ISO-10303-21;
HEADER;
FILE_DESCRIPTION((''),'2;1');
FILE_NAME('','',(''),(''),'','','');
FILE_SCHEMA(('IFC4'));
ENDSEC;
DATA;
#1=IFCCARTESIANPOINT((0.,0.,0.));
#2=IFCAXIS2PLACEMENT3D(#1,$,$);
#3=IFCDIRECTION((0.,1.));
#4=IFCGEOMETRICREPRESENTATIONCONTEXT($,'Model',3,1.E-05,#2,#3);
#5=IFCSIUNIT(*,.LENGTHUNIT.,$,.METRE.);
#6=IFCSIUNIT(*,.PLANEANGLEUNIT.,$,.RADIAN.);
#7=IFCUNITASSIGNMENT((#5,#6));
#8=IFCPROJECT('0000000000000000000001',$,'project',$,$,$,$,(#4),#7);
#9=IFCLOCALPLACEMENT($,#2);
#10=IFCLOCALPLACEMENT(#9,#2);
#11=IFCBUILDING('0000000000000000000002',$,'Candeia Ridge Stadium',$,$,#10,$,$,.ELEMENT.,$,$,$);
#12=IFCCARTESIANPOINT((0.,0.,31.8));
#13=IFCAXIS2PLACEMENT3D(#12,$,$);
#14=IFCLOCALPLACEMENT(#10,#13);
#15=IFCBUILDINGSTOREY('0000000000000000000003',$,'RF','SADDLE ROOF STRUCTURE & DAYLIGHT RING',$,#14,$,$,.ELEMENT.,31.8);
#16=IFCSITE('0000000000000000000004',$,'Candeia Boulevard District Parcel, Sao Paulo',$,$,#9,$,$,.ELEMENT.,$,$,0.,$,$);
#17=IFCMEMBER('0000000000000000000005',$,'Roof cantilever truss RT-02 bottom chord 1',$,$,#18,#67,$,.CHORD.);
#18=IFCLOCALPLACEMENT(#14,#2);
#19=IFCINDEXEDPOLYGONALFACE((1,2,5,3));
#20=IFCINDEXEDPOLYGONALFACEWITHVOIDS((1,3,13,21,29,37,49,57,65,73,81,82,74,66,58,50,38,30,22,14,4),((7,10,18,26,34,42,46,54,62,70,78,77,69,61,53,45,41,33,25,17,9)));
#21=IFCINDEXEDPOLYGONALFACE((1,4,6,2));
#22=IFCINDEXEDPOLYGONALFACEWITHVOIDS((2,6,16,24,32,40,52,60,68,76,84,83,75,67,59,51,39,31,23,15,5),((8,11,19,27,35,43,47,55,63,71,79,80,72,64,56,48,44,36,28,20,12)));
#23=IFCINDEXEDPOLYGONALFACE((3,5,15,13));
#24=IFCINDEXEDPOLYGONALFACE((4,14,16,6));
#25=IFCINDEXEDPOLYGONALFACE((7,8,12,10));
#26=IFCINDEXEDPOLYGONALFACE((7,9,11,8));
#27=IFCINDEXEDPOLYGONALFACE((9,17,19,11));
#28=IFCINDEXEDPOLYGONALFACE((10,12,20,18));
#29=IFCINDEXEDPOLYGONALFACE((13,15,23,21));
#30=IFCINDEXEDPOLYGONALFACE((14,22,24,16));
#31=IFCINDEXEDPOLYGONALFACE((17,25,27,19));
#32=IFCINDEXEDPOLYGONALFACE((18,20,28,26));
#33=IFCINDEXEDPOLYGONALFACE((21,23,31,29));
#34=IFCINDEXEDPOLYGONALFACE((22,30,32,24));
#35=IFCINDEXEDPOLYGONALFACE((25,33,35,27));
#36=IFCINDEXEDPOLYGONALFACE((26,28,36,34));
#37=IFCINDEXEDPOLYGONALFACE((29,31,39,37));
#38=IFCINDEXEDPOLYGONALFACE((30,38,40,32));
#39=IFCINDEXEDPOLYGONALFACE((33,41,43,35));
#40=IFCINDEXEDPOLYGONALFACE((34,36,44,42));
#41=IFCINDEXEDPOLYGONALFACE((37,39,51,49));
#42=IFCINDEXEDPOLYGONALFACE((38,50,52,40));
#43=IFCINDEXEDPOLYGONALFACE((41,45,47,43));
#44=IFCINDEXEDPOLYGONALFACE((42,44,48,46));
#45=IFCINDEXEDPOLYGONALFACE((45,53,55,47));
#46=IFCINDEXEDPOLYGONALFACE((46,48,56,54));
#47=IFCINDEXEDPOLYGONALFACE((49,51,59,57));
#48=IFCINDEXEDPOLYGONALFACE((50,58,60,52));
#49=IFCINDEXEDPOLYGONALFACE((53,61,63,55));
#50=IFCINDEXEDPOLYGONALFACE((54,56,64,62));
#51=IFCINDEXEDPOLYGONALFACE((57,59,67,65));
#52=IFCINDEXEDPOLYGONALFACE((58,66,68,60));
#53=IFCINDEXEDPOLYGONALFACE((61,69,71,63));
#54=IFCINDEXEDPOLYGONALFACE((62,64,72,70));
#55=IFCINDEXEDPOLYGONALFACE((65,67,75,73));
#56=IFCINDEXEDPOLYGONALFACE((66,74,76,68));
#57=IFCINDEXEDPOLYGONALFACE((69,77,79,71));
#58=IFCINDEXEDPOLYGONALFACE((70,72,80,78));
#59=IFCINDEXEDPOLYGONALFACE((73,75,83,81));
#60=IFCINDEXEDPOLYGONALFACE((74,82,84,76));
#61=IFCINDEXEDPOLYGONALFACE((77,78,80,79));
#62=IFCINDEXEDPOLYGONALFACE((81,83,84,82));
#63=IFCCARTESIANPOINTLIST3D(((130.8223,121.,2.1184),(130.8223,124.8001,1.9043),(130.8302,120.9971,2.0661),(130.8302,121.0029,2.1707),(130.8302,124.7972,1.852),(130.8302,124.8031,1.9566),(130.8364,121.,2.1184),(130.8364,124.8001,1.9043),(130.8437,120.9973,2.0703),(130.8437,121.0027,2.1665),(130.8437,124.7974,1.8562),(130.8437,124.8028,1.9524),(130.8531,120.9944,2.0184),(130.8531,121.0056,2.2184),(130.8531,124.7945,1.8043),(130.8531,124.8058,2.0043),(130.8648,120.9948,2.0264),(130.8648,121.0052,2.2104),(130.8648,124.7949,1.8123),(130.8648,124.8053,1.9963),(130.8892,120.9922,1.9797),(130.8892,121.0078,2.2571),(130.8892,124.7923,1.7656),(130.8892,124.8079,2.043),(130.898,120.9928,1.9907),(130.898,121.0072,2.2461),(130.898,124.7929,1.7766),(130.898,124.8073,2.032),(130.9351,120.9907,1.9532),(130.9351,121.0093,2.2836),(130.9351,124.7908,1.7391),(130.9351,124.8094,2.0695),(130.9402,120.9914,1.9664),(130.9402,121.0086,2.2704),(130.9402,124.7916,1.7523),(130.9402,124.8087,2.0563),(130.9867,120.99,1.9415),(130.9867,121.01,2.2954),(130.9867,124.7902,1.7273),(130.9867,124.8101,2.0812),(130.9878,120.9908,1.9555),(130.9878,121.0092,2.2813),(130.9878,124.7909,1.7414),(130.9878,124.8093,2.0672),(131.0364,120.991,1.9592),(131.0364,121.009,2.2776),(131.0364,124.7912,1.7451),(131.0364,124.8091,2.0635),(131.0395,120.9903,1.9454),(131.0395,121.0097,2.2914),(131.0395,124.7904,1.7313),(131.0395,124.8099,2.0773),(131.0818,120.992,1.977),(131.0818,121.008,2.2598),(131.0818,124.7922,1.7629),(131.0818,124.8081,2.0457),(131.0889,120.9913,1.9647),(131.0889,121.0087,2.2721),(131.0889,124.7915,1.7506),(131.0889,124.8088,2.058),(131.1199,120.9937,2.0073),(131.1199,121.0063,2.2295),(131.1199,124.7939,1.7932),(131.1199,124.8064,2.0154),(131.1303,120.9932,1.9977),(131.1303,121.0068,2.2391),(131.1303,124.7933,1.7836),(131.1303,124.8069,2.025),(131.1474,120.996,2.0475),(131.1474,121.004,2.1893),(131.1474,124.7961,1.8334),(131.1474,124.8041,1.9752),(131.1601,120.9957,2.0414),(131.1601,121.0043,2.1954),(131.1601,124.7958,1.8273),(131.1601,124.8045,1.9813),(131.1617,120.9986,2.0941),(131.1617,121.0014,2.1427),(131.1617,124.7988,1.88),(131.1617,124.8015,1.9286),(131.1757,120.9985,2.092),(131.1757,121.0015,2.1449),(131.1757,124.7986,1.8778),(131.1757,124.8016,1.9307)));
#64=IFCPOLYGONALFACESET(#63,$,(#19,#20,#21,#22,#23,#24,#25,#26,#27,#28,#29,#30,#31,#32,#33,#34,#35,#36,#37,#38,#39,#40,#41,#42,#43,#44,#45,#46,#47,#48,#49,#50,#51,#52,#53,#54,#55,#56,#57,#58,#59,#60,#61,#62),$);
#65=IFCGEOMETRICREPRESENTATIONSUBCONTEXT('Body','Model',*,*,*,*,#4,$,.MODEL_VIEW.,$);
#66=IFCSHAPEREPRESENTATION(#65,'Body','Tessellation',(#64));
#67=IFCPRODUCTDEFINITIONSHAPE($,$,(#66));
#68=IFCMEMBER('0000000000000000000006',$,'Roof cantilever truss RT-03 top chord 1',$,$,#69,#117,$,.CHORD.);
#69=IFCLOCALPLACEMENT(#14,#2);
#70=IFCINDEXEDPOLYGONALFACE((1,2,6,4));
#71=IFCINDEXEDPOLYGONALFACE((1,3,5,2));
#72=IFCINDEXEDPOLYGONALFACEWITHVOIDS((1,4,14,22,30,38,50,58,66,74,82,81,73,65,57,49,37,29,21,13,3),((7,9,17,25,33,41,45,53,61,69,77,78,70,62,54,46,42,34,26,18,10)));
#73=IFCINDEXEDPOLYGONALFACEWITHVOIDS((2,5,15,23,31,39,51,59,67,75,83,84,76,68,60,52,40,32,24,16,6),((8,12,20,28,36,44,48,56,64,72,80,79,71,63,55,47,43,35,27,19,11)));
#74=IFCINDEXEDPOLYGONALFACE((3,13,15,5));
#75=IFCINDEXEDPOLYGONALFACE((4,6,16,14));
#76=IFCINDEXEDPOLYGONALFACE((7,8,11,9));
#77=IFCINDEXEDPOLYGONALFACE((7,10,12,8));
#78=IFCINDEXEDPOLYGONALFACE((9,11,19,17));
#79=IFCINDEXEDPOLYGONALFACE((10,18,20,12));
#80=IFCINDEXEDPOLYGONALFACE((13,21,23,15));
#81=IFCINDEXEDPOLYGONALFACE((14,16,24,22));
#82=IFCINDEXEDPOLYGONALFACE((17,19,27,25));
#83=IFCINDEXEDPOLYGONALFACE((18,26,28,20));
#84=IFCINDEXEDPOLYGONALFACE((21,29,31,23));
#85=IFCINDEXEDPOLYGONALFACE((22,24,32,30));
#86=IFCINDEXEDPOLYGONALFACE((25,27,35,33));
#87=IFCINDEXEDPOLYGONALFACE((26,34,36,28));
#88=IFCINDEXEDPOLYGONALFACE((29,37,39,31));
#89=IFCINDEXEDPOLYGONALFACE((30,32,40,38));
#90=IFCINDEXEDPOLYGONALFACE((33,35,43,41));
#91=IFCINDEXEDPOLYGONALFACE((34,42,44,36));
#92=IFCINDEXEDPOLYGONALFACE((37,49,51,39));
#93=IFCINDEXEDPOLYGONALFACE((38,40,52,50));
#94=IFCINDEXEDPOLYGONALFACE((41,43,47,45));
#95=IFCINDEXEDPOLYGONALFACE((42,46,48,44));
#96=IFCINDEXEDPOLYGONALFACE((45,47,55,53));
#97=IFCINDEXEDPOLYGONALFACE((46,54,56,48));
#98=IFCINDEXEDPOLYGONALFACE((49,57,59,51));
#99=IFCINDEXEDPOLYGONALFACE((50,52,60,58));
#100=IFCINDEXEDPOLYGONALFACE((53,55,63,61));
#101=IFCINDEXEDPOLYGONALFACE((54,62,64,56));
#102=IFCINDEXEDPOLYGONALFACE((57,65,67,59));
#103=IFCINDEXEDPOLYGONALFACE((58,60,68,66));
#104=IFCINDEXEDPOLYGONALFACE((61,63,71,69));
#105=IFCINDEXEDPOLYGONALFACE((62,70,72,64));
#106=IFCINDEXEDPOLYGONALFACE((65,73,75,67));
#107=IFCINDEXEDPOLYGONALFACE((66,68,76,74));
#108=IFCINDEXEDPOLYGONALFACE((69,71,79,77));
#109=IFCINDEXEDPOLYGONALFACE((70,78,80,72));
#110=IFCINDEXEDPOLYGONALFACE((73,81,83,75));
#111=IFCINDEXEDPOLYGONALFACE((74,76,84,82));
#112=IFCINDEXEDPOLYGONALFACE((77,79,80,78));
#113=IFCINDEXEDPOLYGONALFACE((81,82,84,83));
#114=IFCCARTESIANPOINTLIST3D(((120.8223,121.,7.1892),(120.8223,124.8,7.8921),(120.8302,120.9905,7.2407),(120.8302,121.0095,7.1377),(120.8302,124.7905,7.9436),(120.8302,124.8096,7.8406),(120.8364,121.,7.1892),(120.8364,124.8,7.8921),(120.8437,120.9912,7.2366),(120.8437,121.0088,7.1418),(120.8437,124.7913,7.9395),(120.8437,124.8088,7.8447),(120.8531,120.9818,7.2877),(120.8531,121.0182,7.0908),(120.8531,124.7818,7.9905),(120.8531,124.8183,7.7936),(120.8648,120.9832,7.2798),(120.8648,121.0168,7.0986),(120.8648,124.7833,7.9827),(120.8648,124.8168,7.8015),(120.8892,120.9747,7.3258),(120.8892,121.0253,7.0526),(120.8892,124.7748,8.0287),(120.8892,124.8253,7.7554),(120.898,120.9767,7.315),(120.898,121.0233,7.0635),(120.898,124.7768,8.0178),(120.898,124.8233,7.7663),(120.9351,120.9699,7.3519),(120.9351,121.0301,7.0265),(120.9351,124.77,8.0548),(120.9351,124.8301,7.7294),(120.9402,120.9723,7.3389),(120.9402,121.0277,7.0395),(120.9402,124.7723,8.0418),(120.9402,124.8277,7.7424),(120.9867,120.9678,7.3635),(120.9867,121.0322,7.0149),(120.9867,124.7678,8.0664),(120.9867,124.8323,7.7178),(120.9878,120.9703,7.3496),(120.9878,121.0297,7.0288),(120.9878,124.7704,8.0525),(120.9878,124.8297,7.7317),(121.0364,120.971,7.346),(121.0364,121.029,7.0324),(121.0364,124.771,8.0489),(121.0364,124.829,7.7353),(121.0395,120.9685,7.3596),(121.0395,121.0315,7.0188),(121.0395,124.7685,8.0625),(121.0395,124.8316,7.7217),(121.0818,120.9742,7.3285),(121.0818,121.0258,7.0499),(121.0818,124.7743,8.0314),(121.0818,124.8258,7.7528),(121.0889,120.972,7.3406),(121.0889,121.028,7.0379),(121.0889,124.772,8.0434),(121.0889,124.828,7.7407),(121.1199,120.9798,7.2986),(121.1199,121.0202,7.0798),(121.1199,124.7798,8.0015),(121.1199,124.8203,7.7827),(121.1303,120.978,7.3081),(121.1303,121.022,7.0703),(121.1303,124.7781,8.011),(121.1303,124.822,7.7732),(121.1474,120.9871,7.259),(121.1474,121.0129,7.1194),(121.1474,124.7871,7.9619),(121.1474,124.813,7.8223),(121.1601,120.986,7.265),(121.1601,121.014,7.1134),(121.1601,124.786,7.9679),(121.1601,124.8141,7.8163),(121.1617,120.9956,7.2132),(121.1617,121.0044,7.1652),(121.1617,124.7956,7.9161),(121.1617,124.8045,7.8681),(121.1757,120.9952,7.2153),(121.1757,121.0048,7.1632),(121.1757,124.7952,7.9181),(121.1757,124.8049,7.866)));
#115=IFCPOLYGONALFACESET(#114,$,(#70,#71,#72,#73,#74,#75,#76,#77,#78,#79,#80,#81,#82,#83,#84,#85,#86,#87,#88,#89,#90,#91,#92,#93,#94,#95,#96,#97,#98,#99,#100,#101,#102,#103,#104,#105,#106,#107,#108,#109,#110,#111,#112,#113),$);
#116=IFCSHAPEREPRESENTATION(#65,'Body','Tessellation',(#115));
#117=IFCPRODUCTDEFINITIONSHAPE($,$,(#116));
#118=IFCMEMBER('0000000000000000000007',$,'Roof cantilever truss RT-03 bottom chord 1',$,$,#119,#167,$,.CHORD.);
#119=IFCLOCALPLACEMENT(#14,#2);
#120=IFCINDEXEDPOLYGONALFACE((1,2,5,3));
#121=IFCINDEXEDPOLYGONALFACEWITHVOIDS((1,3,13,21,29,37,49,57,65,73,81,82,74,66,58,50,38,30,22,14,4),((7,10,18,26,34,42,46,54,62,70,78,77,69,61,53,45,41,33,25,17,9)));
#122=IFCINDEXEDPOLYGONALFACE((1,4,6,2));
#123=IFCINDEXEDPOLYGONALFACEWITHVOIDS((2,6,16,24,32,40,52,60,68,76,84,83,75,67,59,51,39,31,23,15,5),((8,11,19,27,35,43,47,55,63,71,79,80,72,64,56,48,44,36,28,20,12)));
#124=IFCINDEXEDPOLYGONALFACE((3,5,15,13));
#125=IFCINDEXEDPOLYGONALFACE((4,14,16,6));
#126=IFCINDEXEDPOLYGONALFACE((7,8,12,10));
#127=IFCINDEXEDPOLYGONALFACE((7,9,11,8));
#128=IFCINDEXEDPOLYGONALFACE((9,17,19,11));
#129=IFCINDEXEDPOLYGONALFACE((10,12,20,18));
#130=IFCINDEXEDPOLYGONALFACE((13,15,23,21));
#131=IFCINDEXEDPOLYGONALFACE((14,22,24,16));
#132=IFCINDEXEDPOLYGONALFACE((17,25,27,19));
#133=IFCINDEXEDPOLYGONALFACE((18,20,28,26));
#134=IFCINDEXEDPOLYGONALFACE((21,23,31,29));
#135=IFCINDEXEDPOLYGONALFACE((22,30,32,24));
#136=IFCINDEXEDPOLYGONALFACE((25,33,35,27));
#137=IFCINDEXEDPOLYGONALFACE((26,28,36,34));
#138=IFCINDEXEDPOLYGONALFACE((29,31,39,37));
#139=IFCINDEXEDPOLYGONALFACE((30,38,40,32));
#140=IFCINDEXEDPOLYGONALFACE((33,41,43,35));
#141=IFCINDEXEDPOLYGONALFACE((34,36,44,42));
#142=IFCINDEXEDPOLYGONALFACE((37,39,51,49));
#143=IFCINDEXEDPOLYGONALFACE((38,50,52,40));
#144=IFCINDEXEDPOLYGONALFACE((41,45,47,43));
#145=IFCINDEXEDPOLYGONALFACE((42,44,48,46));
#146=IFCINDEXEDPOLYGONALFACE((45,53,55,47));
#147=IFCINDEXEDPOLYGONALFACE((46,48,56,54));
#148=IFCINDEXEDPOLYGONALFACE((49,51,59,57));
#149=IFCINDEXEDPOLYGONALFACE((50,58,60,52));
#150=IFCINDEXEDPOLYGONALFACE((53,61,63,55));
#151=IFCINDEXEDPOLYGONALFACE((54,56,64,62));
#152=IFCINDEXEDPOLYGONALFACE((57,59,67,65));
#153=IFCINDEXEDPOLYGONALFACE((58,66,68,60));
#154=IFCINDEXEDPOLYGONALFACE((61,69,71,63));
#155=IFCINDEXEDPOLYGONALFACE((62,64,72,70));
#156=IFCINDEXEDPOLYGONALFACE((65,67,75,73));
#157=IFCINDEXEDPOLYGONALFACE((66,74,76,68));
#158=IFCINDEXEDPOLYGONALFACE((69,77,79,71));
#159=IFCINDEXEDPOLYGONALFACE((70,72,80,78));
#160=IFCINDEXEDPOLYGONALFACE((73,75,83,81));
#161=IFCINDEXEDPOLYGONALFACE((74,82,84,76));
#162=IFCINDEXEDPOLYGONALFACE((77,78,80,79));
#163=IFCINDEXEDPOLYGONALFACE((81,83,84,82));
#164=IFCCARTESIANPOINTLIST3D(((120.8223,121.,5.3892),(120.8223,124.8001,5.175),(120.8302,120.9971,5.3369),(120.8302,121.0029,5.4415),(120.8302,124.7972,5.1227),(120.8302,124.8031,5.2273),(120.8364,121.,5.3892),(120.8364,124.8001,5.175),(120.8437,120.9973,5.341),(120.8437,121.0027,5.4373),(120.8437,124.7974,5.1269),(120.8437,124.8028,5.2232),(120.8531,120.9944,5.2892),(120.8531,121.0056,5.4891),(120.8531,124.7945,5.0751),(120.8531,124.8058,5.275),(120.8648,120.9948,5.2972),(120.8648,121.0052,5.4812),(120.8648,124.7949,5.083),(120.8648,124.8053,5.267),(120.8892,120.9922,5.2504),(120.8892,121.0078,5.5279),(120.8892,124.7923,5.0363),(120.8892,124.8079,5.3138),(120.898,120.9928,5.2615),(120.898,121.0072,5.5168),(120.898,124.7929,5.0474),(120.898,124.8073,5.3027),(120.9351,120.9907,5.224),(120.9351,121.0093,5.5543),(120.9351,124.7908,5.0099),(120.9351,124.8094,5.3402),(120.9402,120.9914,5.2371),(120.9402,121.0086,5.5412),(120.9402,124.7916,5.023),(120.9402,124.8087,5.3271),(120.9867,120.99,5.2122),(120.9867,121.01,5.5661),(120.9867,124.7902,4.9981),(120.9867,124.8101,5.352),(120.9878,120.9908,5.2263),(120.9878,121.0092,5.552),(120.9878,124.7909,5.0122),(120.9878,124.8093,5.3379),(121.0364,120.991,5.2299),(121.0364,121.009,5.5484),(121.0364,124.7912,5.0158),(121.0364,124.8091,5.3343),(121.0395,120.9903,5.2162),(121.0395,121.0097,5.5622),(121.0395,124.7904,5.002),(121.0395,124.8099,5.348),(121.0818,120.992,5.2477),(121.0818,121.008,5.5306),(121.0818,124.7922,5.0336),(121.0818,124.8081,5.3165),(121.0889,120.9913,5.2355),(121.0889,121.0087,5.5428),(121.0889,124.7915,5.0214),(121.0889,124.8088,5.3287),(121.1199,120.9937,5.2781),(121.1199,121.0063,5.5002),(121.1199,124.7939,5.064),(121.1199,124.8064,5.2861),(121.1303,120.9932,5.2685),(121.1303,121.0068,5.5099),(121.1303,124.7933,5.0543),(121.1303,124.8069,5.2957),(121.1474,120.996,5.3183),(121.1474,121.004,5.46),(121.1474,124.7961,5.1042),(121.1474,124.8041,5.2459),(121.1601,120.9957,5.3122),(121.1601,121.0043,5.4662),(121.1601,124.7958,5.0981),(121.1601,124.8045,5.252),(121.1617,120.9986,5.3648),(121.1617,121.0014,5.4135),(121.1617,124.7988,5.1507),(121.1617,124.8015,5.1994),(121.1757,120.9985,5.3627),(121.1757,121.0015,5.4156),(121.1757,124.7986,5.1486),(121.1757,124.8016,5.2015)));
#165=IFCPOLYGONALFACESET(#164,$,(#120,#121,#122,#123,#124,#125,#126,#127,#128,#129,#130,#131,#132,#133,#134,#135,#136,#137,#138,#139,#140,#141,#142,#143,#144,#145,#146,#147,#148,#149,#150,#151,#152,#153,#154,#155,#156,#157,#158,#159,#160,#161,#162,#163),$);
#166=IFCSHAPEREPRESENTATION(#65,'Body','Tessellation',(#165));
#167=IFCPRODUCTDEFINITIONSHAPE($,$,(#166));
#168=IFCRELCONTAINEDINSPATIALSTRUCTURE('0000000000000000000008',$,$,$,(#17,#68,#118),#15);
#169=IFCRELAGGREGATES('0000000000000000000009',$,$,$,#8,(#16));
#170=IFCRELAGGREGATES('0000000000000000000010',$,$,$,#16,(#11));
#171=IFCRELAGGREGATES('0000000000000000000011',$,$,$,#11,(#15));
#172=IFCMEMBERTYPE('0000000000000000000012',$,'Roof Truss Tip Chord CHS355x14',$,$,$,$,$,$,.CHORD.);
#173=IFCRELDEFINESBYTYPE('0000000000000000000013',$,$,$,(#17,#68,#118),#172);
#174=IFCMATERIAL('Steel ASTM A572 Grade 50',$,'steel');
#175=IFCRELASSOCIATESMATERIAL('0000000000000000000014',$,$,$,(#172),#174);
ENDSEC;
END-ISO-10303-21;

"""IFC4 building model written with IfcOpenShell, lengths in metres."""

from ifc_helpers import new_model, si_unit, direction, frame, origin, origin_2d, place, context, subcontext, project, spatial, hollow_circle, extrude, material, material_profile, profile_set, type_object, element, save


model = new_model("IFC4")

# Units and contexts
model_context = context("Model", 3, precision=1e-05, world=origin(), true_north=direction((0.0, 1.0)))
body_context = subcontext(model_context, "Body", "Model", "MODEL_VIEW")
ifc_project = project(units=[si_unit("LENGTHUNIT", "METRE"), si_unit("PLANEANGLEUNIT", "RADIAN")], contexts=[model_context])

# Site, building, storey
site_placement = place(None, origin())
site = spatial("IfcSite", under=ifc_project, at=site_placement, Name="Candeia Boulevard District Parcel, Sao Paulo", CompositionType="ELEMENT", RefElevation=0.0)
building_placement = place(site_placement, origin())
building = spatial("IfcBuilding", under=site, at=building_placement, Name="Candeia Ridge Stadium", CompositionType="ELEMENT")
storey_placement = place(building_placement, frame((0.0, 0.0, 31.8)))
storey = spatial("IfcBuildingStorey", under=building, at=storey_placement, Name="RF", Description="SADDLE ROOF STRUCTURE & DAYLIGHT RING", CompositionType="ELEMENT", Elevation=31.8)

# Shared definitions
ifc_material_1 = material(Name="Steel ASTM A572 Grade 50", Category="steel")

# Members
ifc_material_profile_1 = material_profile(ifc_material_1, hollow_circle(Radius=0.1777, WallThickness=0.0142, at=origin_2d()), Name="CHS355x14", Category="steel")
ifc_profile_set_1 = profile_set([ifc_material_profile_1], Name="Steel ASTM A572 Grade 50")
member_type_1 = type_object("IfcMemberType", Name="Roof Truss Tip Chord CHS355x14", PredefinedType="CHORD", material=ifc_profile_set_1)
member_1_placement = place(storey_placement, frame((131.0, 121.0, 2.1184), z_axis=(0.0, 0.998416, -0.056255), x_axis=(-1.0, 0.0, 0.0)))
element("IfcMember", 1, at=member_1_placement, inside=storey, type_object=member_type_1, Name="Roof cantilever truss RT-02 bottom chord 1", PredefinedType="CHORD", context=body_context, shape_type="SweptSolid", body=[
    extrude(hollow_circle(Radius=0.1777, WallThickness=0.0142, at=origin_2d()), origin(), (0.0, 0.0, 1.0), 3.8062),
])
member_2_placement = place(storey_placement, frame((121.0, 121.0, 7.1892), z_axis=(0.0, 0.983321, 0.181881), x_axis=(-1.0, 0.0, 0.0)))
element("IfcMember", 2, at=member_2_placement, inside=storey, type_object=member_type_1, Name="Roof cantilever truss RT-03 top chord 1", PredefinedType="CHORD", context=body_context, shape_type="SweptSolid", body=[
    extrude(hollow_circle(Radius=0.1777, WallThickness=0.0142, at=origin_2d()), origin(), (0.0, 0.0, 1.0), 3.8645),
])
member_3_placement = place(storey_placement, frame((121.0, 121.0, 5.3892), z_axis=(0.0, 0.998416, -0.056255), x_axis=(-1.0, 0.0, 0.0)))
element("IfcMember", 3, at=member_3_placement, inside=storey, type_object=member_type_1, Name="Roof cantilever truss RT-03 bottom chord 1", PredefinedType="CHORD", context=body_context, shape_type="SweptSolid", body=[
    extrude(hollow_circle(Radius=0.1777, WallThickness=0.0142, at=origin_2d()), origin(), (0.0, 0.0, 1.0), 3.8062),
])

save(model, "model.ifc")
